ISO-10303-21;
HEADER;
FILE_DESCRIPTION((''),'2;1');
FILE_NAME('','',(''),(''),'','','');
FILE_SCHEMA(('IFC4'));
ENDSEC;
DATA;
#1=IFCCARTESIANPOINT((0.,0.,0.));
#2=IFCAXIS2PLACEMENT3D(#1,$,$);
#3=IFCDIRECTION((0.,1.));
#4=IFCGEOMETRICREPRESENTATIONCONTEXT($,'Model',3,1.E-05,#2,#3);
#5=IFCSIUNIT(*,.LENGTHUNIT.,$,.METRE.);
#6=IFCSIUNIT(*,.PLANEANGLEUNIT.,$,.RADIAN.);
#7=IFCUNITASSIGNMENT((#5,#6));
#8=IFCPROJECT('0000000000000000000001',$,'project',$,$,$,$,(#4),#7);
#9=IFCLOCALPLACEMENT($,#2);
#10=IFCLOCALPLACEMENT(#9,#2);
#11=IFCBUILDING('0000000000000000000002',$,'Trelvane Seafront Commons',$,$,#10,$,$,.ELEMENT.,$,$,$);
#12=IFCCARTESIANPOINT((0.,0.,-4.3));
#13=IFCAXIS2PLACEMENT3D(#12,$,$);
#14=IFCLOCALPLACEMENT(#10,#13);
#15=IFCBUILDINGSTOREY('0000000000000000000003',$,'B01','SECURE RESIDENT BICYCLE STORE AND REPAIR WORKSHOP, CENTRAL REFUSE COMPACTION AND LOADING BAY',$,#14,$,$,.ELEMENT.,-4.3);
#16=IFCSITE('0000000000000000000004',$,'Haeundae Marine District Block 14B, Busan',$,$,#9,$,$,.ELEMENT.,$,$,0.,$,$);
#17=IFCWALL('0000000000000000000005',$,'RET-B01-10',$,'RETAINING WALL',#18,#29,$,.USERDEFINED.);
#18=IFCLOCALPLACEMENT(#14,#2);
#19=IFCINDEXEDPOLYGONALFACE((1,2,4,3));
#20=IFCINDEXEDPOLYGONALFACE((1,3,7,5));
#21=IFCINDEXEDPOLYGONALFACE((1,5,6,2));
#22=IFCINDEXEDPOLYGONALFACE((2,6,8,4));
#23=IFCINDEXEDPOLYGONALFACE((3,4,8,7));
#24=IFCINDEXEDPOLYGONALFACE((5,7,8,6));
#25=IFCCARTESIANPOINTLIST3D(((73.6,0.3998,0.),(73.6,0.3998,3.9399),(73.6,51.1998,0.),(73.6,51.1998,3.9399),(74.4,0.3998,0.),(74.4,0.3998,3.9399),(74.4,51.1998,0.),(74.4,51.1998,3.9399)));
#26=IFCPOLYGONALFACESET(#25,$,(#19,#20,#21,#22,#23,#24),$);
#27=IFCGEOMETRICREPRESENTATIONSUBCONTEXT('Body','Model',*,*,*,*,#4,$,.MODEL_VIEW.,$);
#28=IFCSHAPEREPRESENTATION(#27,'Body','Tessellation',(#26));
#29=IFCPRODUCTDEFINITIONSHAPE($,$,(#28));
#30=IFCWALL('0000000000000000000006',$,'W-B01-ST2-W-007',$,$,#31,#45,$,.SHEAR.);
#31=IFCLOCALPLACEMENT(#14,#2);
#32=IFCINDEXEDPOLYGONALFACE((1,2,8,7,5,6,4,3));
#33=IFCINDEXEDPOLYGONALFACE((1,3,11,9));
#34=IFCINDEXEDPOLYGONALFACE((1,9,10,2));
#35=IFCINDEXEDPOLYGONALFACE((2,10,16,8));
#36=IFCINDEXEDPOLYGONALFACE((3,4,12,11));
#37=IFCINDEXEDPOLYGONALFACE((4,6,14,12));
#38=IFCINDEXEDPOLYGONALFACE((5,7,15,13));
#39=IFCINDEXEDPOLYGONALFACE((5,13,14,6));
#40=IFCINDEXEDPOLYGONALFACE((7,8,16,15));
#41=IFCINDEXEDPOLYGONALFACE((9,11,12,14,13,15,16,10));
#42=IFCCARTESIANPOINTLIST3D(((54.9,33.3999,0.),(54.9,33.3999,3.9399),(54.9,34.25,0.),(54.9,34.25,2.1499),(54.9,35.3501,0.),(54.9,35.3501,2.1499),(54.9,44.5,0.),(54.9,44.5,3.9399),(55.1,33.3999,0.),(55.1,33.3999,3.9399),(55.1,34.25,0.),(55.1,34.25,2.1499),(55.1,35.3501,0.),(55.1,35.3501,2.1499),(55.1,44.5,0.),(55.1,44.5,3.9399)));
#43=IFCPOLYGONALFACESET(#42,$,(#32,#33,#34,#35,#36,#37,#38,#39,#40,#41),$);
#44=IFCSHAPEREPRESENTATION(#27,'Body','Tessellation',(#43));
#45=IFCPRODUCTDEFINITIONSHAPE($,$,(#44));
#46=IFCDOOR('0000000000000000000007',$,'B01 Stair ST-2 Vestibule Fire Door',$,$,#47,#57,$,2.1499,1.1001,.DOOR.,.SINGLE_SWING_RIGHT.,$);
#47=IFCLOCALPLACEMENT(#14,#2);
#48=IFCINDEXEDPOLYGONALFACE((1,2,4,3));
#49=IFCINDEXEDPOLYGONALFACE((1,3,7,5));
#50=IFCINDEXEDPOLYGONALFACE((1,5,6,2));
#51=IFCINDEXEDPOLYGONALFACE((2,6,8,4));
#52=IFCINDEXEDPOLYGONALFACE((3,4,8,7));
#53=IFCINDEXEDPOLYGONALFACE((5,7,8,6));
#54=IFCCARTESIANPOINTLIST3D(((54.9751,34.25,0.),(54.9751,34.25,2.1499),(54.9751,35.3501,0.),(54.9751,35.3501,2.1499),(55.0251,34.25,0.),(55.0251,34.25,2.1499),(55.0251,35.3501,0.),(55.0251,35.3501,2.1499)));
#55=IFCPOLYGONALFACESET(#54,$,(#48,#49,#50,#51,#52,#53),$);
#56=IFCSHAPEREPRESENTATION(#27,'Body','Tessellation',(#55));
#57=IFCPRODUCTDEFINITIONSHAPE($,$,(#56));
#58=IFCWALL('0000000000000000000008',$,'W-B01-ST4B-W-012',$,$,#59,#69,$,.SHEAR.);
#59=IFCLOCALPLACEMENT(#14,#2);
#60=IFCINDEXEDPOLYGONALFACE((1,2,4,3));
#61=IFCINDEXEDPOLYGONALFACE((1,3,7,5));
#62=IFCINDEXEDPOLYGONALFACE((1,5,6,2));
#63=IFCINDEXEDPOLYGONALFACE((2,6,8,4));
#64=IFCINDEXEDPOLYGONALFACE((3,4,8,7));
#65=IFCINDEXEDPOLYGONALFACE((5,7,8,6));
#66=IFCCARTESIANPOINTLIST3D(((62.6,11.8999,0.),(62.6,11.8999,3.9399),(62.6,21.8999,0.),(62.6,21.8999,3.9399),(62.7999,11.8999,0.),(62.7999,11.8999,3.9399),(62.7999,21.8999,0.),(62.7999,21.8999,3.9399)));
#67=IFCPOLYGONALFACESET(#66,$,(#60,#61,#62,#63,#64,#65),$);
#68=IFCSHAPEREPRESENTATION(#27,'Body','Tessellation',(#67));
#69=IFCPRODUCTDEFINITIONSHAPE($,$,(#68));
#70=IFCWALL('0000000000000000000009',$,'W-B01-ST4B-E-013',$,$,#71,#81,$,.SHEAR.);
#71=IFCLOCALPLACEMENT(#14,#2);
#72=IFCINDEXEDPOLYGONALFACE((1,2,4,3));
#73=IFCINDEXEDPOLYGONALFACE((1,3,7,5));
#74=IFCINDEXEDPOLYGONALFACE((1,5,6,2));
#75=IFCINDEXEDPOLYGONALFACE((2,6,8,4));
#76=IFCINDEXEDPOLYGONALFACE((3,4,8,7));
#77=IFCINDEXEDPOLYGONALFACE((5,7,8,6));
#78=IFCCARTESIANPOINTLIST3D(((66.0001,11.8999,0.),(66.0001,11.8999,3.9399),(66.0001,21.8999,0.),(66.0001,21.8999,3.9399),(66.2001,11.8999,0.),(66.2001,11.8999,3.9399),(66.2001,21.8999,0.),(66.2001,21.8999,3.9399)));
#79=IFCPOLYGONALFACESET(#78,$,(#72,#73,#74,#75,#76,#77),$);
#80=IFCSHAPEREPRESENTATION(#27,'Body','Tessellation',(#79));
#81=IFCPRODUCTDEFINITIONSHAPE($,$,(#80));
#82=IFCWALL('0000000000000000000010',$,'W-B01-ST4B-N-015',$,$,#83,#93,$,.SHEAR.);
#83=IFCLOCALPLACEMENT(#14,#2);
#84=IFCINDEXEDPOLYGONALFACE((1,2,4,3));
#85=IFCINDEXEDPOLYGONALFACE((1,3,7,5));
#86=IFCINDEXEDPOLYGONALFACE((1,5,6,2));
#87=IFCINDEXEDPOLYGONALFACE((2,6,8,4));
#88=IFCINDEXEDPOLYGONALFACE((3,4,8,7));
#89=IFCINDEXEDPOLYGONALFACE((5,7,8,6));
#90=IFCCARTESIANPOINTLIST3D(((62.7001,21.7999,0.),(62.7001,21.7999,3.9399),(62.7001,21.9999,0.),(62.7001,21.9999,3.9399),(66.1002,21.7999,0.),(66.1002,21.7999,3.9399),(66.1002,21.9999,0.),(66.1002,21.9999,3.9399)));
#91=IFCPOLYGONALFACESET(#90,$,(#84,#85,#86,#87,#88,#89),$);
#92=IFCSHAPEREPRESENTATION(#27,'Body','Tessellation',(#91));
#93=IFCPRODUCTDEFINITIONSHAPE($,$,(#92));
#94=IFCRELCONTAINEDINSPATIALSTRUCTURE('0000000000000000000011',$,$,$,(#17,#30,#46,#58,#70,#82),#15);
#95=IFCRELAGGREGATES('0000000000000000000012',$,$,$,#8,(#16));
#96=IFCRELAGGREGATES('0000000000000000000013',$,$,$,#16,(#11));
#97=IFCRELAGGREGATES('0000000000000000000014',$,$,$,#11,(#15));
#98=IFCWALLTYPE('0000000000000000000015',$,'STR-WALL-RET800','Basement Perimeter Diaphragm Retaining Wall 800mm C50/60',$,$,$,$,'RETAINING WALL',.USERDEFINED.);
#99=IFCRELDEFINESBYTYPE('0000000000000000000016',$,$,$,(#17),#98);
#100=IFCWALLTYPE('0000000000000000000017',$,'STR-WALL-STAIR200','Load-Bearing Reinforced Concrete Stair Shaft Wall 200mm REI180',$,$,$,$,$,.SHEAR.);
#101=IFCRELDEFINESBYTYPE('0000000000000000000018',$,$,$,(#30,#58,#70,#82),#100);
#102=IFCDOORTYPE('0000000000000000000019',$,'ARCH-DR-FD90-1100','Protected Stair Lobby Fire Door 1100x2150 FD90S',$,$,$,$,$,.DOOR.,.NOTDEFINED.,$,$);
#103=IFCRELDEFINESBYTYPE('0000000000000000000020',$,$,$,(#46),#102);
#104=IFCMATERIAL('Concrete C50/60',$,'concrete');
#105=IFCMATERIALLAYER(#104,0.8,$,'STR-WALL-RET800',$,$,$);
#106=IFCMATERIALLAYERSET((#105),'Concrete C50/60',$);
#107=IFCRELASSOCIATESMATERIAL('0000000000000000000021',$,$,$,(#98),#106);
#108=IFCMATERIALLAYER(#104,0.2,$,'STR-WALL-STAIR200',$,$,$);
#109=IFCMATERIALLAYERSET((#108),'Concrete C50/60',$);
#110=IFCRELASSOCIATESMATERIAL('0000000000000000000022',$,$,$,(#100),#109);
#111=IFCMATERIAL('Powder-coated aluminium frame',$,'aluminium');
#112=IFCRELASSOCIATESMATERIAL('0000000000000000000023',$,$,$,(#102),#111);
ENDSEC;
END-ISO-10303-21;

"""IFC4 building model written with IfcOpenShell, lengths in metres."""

from ifc_helpers import new_model, si_unit, direction, frame, frame_2d, origin, place, context, subcontext, project, spatial, rectangle, extrude, source, transform, mapped, material, layer, layer_set, type_object, element, fill, save


model = new_model("IFC4")

# Units and contexts
model_context = context("Model", 3, precision=1e-05, world=origin(), true_north=direction((0.0, 1.0)))
body_context = subcontext(model_context, "Body", "Model", "MODEL_VIEW")
ifc_project = project(units=[si_unit("LENGTHUNIT", "METRE"), si_unit("PLANEANGLEUNIT", "RADIAN")], contexts=[model_context])

# Site, building, storey
site_placement = place(None, origin())
site = spatial("IfcSite", under=ifc_project, at=site_placement, Name="Haeundae Marine District Block 14B, Busan", CompositionType="ELEMENT", RefElevation=0.0)
building_placement = place(site_placement, origin())
building = spatial("IfcBuilding", under=site, at=building_placement, Name="Trelvane Seafront Commons", CompositionType="ELEMENT")
storey_placement = place(building_placement, frame((0.0, 0.0, -4.3)))
storey = spatial("IfcBuildingStorey", under=building, at=storey_placement, Name="B01", Description="SECURE RESIDENT BICYCLE STORE AND REPAIR WORKSHOP, CENTRAL REFUSE COMPACTION AND LOADING BAY", CompositionType="ELEMENT", Elevation=-4.3)

# Shared definitions
ifc_material_1 = material(Name="Concrete C50/60", Category="concrete")

# Shared definitions
ifc_material_2 = material(Name="Powder-coated aluminium frame", Category="aluminium")

# Wall
ifc_layer_1 = layer(ifc_material_1, 0.8, Name="STR-WALL-RET800")
ifc_layer_set_1 = layer_set([ifc_layer_1], Name="Concrete C50/60")
wall_type_1 = type_object("IfcWallType", Name="STR-WALL-RET800", Description="Basement Perimeter Diaphragm Retaining Wall 800mm C50/60", ElementType="RETAINING WALL", PredefinedType="USERDEFINED", material=ifc_layer_set_1)
wall_1_placement = place(storey_placement, frame((74.0, 0.3999, 0.0), z_axis=(0.0, 0.0, 1.0), x_axis=(0.0, 1.0, 0.0)))
element("IfcWall", 1, at=wall_1_placement, inside=storey, type_object=wall_type_1, Name="RET-B01-10", ObjectType="RETAINING WALL", PredefinedType="USERDEFINED", context=body_context, shape_type="SweptSolid", body=[
    extrude(rectangle(XDim=50.8, YDim=0.8, at=frame_2d((25.3999, 0.0))), origin(), (0.0, 0.0, 1.0), 3.9399),
])

# Wall, opening, door
ifc_layer_2 = layer(ifc_material_1, 0.2, Name="STR-WALL-STAIR200")
ifc_layer_set_2 = layer_set([ifc_layer_2], Name="Concrete C50/60")
wall_type_2 = type_object("IfcWallType", Name="STR-WALL-STAIR200", Description="Load-Bearing Reinforced Concrete Stair Shaft Wall 200mm REI180", PredefinedType="SHEAR", material=ifc_layer_set_2)
wall_2_placement = place(storey_placement, frame((55.0, 33.3999, 0.0), z_axis=(0.0, 0.0, 1.0), x_axis=(0.0, 1.0, 0.0)))
wall_2 = element("IfcWall", 2, at=wall_2_placement, inside=storey, type_object=wall_type_2, Name="W-B01-ST2-W-007", PredefinedType="SHEAR", context=body_context, shape_type="SweptSolid", body=[
    extrude(rectangle(XDim=11.1001, YDim=0.2, at=frame_2d((5.55, 0.0))), origin(), (0.0, 0.0, 1.0), 3.9399),
])
opening_1_placement = place(wall_2_placement, frame((0.8501, 0.0, 0.0)))
opening_1 = element("IfcOpeningElement", 3, at=opening_1_placement, cuts=wall_2, PredefinedType="OPENING", context=body_context, shape_type="SweptSolid", body=[
    extrude(rectangle(XDim=1.1001, YDim=2.1499, at=frame_2d((0.55, 1.075))), frame((0.0, 0.1099, 0.0), z_axis=(0.0, -1.0, 0.0), x_axis=(1.0, 0.0, 0.0)), (0.0, 0.0, 1.0), 0.22),
])
door_type_1 = type_object("IfcDoorType", Name="ARCH-DR-FD90-1100", Description="Protected Stair Lobby Fire Door 1100x2150 FD90S", OperationType="NOTDEFINED", PredefinedType="DOOR", material=ifc_material_2)
shared_shape_1 = source(origin(), body_context, "Body", "SweptSolid", [
    extrude(rectangle(XDim=1.1001, YDim=2.1499, at=frame_2d((0.55, 1.075))), frame((0.0, 0.0249, 0.0), z_axis=(0.0, -1.0, 0.0), x_axis=(1.0, 0.0, 0.0)), (0.0, 0.0, 1.0), 0.05),
])
door_1_placement = place(opening_1_placement, origin())
door_1 = element("IfcDoor", 4, at=door_1_placement, inside=storey, type_object=door_type_1, Name="B01 Stair ST-2 Vestibule Fire Door", OperationType="SINGLE_SWING_RIGHT", OverallHeight=2.1499, OverallWidth=1.1001, PredefinedType="DOOR", context=body_context, shape_type="MappedRepresentation", body=[
    mapped(shared_shape_1, transform((0.0, 0.0, 0.0), x_axis=(1.0, 0.0, 0.0), y_axis=(0.0, 1.0, 0.0), z_axis=(0.0, 0.0, 1.0), scale=1.0)),
])
fill(opening_1, door_1)

# Walls
for number, where, z_axis, x_axis, name in (
    (5, (62.7, 11.8999, 0.0), (0.0, 0.0, 1.0), (0.0, 1.0, 0.0), "W-B01-ST4B-W-012"),
    (6, (66.1001, 11.8999, 0.0), (0.0, 0.0, 1.0), (0.0, 1.0, 0.0), "W-B01-ST4B-E-013"),
):
    element("IfcWall", number, at=place(storey_placement, frame(where, z_axis=z_axis, x_axis=x_axis)), inside=storey, type_object=wall_type_2, Name=name, PredefinedType="SHEAR", context=body_context, shape_type="SweptSolid", body=[
        extrude(rectangle(XDim=10.0, YDim=0.2, at=frame_2d((5.0, 0.0))), origin(), (0.0, 0.0, 1.0), 3.9399),
    ])

# Wall
wall_3_placement = place(storey_placement, frame((62.7, 21.8999, 0.0), z_axis=(0.0, 0.0, 1.0), x_axis=(1.0, 0.0, 0.0)))
element("IfcWall", 7, at=wall_3_placement, inside=storey, type_object=wall_type_2, Name="W-B01-ST4B-N-015", PredefinedType="SHEAR", context=body_context, shape_type="SweptSolid", body=[
    extrude(rectangle(XDim=3.4001, YDim=0.2, at=frame_2d((1.7002, 0.0))), origin(), (0.0, 0.0, 1.0), 3.9399),
])

save(model, "model.ifc")
